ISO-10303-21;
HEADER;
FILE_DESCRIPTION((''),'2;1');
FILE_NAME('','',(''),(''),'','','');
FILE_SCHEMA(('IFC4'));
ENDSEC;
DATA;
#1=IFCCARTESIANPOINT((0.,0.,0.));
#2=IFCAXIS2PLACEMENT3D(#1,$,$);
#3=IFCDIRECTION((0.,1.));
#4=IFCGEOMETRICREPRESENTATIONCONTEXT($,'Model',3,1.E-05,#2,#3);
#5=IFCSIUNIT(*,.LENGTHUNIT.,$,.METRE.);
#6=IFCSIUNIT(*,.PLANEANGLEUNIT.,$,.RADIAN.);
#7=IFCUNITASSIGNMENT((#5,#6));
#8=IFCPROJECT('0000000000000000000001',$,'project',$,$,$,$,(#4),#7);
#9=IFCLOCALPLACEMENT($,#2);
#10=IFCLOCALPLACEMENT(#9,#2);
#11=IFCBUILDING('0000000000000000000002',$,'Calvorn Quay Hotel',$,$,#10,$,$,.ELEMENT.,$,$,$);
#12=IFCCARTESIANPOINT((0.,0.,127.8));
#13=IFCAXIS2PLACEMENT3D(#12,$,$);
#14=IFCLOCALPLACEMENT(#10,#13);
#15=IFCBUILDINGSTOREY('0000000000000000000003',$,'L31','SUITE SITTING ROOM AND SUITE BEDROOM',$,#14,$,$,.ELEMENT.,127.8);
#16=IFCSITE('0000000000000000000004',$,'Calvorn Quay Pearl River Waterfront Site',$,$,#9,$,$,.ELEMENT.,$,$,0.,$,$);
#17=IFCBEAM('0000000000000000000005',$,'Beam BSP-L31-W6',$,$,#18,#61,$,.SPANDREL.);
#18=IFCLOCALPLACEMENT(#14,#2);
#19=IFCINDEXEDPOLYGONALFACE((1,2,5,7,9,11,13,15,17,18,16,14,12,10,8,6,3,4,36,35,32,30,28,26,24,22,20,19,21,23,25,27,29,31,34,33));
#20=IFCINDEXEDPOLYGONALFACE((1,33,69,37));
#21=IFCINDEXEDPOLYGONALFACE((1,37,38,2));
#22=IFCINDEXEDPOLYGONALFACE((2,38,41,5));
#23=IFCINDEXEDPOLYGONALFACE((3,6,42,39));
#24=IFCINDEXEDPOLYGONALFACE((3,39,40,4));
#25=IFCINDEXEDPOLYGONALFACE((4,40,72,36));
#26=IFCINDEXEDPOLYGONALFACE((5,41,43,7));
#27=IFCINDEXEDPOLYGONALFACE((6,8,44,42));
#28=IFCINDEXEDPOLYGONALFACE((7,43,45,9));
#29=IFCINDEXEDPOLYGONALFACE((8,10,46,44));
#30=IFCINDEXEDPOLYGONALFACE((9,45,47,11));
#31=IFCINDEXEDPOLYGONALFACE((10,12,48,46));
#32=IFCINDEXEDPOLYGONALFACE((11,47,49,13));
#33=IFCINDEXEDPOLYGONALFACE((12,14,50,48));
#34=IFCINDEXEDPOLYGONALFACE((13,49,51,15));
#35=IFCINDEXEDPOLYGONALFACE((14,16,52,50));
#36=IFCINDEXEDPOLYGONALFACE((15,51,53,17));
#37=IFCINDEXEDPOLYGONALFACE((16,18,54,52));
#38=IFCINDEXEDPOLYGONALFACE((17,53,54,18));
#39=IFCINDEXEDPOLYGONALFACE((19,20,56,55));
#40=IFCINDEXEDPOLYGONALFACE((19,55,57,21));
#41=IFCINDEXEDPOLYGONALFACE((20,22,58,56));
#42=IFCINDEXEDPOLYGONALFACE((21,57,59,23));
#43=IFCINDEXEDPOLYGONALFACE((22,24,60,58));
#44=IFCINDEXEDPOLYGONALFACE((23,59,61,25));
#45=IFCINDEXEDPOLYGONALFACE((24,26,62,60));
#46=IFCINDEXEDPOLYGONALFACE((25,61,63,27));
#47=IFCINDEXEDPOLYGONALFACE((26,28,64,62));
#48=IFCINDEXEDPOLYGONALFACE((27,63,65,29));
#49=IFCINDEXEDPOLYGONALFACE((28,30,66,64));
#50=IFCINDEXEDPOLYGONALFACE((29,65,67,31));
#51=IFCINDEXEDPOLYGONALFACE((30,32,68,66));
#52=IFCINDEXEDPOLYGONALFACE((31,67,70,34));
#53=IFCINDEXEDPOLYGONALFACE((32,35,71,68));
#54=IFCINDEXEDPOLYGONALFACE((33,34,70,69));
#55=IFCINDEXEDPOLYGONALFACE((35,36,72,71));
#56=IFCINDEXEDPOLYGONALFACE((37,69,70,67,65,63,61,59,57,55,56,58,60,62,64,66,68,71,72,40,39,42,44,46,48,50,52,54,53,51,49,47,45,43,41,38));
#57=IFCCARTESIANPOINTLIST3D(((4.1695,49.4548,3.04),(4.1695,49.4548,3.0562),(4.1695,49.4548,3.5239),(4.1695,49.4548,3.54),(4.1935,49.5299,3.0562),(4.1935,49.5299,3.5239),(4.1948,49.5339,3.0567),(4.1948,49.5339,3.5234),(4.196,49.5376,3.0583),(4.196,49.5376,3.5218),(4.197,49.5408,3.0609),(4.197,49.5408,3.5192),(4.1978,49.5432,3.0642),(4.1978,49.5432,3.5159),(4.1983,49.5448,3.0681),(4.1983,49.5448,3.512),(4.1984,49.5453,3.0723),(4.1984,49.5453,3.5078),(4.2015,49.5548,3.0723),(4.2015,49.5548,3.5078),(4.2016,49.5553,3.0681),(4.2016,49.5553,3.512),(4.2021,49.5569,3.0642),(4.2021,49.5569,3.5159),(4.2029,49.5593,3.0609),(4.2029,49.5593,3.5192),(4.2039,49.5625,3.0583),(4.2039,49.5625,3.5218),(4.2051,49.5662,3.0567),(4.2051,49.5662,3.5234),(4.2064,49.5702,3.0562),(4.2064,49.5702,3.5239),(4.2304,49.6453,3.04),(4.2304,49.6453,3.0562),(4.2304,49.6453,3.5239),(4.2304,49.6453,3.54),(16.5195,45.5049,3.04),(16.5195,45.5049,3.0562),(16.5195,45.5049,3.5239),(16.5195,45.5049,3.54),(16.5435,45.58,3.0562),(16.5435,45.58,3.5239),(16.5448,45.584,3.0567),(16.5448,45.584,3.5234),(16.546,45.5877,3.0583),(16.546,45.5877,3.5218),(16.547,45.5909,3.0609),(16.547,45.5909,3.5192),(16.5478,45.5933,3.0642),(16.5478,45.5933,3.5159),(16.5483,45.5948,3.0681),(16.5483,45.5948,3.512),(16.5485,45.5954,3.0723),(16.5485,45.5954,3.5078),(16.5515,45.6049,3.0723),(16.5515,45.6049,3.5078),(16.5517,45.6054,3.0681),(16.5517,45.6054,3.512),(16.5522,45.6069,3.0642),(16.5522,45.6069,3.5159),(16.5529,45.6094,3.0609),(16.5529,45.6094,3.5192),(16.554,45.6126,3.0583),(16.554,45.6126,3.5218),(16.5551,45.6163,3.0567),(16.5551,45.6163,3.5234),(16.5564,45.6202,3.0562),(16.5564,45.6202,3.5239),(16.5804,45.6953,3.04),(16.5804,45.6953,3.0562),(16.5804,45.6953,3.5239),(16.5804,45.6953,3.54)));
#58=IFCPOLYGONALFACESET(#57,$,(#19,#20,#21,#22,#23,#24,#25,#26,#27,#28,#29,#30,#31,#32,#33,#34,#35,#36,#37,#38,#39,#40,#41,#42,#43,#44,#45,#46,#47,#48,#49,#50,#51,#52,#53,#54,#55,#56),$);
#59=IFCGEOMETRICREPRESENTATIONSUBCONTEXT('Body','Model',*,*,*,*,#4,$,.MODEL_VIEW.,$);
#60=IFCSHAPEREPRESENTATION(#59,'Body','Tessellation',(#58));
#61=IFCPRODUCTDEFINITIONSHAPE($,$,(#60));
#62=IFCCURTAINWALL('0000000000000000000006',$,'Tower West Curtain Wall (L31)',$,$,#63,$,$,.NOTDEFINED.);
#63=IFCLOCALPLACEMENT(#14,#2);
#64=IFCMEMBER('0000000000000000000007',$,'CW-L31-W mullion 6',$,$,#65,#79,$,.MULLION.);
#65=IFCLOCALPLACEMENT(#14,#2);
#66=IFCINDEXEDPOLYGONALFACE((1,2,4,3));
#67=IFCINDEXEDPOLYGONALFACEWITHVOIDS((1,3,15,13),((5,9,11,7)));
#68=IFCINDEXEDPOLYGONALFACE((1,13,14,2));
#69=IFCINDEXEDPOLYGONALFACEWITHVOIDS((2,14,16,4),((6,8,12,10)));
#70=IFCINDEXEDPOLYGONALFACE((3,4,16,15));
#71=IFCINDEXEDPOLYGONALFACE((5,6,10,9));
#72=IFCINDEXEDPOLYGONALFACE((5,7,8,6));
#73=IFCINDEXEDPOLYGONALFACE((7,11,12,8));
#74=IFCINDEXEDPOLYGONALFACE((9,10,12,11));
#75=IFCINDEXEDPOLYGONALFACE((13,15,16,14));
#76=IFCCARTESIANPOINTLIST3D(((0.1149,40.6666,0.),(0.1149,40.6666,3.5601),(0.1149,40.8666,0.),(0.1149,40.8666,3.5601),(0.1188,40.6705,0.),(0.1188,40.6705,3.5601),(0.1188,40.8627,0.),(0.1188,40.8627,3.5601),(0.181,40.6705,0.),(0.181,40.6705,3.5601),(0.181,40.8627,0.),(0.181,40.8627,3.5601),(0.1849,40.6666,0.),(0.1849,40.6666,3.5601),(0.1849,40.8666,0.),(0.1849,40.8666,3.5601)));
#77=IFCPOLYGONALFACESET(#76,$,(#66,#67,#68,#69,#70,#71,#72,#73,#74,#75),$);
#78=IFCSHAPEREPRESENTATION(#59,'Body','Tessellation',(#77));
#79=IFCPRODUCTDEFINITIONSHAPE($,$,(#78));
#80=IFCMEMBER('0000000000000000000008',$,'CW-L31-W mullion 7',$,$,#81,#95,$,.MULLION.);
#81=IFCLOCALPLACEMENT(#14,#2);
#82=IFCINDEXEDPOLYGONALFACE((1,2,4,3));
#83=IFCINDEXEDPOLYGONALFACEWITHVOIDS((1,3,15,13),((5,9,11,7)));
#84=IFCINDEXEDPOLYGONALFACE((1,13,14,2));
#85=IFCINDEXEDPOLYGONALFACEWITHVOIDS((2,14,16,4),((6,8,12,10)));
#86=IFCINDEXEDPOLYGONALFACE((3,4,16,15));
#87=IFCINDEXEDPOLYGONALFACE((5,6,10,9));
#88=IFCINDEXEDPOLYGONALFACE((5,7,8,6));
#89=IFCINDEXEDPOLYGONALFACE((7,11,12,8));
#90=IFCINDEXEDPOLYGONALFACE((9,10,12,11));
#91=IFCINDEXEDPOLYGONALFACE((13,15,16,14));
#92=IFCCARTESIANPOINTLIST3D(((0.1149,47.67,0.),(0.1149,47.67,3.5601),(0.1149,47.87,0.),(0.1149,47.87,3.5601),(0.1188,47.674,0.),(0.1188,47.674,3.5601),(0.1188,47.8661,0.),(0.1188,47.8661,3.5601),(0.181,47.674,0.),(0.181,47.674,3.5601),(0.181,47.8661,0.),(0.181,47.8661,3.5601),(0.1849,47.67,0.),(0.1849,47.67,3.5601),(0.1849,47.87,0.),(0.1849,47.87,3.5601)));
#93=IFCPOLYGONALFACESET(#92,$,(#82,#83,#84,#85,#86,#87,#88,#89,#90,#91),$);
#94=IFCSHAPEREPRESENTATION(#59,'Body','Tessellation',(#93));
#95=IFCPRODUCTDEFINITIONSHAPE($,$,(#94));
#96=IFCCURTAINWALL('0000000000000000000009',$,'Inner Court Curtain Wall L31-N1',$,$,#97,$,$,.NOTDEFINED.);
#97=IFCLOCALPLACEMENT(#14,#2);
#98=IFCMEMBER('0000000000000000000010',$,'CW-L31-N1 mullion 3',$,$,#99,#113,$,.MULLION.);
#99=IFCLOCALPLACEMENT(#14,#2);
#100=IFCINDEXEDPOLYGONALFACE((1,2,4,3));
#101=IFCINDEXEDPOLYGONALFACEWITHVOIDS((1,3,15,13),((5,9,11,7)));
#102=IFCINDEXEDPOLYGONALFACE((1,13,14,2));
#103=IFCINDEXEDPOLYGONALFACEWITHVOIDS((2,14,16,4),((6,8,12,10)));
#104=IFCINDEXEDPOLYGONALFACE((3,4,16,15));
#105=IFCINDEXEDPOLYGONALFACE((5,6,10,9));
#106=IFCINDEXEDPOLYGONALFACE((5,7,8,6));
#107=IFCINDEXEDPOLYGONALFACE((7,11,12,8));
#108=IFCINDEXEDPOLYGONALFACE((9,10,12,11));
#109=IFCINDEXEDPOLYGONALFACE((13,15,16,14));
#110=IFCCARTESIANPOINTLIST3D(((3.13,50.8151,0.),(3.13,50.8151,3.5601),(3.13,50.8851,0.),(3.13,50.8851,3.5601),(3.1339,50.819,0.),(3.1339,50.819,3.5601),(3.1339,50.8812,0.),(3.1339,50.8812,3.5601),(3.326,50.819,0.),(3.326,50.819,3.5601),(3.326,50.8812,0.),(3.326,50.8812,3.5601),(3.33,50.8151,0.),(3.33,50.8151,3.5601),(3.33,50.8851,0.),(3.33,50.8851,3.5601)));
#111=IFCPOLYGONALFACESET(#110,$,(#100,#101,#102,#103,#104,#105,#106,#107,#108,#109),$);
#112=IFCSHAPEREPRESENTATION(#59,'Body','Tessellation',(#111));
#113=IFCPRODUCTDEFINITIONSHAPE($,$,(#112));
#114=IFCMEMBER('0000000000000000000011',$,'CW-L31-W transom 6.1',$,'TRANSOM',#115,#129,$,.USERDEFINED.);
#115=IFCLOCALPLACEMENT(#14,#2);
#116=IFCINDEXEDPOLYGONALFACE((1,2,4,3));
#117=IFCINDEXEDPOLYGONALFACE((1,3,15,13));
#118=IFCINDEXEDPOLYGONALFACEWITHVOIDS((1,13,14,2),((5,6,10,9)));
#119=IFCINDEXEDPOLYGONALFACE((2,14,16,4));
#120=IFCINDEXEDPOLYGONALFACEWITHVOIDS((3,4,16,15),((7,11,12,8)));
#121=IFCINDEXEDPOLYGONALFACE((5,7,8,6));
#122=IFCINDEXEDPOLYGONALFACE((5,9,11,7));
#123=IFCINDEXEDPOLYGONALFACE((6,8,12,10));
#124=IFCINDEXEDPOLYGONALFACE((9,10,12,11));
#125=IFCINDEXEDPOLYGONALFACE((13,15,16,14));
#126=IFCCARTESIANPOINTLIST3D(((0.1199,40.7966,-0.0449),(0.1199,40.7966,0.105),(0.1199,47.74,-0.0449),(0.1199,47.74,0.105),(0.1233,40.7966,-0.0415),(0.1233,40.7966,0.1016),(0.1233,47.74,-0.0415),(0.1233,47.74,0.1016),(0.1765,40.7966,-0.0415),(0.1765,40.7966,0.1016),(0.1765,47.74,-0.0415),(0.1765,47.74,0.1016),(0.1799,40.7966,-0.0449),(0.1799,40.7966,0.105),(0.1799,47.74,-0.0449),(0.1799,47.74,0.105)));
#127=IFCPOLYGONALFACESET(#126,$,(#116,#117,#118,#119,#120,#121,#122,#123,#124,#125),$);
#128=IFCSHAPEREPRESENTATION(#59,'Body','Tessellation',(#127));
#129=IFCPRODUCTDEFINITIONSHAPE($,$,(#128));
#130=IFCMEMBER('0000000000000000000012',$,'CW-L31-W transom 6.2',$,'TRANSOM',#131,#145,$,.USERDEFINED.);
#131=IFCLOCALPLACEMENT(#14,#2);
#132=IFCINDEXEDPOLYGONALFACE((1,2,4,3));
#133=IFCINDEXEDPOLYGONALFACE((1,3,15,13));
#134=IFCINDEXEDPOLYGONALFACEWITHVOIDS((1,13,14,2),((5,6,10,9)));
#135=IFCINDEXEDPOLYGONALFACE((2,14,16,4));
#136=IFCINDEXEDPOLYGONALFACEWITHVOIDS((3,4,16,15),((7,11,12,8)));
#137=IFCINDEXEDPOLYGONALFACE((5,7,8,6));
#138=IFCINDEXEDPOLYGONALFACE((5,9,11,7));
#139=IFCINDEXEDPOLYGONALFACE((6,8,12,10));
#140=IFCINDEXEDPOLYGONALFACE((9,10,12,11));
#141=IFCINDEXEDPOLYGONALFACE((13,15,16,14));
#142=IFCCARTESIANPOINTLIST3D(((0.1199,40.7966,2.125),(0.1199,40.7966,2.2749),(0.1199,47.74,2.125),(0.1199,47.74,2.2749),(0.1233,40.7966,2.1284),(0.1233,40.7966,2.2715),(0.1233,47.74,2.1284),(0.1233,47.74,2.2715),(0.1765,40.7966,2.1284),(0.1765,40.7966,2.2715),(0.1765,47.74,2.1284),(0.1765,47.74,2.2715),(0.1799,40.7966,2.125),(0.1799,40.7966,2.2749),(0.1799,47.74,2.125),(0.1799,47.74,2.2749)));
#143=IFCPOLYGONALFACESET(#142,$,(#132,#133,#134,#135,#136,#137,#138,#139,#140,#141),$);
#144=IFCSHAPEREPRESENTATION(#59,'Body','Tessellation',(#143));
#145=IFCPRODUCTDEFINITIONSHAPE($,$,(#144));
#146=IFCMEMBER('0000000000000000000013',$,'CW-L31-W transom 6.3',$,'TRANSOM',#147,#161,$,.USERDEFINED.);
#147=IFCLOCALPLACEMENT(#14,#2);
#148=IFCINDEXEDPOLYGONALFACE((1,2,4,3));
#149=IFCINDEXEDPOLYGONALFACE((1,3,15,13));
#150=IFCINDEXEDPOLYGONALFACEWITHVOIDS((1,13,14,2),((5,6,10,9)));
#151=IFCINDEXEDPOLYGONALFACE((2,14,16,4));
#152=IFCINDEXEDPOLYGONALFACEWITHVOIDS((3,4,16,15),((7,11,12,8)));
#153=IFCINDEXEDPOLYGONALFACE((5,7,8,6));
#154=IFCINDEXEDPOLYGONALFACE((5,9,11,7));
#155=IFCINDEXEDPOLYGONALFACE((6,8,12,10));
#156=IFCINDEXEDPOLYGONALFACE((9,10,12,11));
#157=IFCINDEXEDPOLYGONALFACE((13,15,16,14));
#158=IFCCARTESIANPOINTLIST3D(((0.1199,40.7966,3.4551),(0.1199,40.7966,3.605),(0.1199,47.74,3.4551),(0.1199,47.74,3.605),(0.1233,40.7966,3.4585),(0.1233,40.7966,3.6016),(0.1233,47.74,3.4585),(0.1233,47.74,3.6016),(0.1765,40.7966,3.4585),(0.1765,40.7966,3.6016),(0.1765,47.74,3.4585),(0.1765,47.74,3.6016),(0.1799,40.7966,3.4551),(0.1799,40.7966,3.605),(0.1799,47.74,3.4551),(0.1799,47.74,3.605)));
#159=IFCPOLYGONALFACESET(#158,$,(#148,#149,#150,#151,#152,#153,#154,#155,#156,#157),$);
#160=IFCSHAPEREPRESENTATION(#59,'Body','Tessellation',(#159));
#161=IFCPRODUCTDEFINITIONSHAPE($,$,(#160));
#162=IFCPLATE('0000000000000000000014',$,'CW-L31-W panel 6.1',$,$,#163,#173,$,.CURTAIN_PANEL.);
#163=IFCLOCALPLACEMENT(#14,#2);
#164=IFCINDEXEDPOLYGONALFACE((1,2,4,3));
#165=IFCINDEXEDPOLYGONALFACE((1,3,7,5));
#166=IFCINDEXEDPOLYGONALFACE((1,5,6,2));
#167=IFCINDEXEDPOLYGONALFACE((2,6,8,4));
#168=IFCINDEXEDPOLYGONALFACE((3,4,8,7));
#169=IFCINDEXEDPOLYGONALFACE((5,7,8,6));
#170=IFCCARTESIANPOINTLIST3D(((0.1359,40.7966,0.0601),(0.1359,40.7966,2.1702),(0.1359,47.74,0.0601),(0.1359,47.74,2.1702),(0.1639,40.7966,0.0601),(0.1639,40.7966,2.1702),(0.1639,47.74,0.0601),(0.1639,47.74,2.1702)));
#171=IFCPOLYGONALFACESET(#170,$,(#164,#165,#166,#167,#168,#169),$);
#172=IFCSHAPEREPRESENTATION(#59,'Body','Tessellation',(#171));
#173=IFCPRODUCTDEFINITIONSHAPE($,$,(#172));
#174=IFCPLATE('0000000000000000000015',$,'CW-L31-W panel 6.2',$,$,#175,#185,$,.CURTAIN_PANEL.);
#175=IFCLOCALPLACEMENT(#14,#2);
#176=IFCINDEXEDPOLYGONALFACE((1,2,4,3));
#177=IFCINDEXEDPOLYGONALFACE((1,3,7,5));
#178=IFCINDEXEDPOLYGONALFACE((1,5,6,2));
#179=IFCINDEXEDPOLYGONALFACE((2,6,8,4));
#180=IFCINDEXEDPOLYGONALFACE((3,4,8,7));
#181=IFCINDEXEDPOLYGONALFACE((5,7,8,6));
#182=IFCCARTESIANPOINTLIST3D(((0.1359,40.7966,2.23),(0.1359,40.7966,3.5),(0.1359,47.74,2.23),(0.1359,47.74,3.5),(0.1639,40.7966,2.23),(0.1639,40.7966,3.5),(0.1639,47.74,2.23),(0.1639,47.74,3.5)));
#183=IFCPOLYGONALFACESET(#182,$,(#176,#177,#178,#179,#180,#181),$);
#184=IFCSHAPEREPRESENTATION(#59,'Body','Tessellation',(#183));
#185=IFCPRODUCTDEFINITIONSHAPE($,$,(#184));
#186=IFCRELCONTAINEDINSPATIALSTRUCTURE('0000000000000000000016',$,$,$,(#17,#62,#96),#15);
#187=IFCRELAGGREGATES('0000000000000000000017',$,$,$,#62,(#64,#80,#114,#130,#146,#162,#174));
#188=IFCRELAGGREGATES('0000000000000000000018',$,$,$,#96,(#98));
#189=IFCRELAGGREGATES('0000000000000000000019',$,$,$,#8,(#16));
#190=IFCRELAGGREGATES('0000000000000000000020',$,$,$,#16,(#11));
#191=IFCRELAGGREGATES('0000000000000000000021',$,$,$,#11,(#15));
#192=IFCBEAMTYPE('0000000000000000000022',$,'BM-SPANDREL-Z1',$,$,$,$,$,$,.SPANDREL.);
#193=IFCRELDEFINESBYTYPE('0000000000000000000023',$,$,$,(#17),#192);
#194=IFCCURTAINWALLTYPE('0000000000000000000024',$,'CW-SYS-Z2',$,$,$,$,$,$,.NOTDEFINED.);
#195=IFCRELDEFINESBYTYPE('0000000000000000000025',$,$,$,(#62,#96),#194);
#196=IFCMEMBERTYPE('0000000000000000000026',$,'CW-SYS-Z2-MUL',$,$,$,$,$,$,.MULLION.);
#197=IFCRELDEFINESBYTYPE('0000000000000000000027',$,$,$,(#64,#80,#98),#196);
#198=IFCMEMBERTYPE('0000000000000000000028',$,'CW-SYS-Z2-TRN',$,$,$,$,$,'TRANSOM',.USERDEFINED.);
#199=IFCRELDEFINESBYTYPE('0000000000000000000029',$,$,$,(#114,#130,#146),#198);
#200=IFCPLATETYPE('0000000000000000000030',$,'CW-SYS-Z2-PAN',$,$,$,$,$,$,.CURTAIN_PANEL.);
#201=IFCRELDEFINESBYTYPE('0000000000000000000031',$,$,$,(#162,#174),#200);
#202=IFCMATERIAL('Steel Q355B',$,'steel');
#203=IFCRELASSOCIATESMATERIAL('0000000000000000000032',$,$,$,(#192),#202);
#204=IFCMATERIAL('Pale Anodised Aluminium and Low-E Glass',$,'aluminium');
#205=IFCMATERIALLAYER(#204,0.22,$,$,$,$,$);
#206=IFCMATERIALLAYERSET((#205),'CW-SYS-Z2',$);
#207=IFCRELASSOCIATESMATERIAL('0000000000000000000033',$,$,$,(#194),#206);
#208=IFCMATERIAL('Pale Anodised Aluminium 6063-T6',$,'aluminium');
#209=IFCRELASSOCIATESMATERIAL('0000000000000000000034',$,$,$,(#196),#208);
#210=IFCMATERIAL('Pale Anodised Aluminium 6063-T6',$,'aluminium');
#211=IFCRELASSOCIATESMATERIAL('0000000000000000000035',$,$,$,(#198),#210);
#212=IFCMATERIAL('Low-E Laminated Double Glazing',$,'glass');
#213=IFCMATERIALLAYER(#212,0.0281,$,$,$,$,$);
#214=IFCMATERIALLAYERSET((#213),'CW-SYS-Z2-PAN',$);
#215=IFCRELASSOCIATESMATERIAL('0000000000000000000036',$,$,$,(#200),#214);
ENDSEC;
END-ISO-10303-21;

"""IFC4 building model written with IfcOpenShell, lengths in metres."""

from ifc_helpers import new_model, si_unit, direction, frame, origin, origin_2d, place, context, subcontext, project, spatial, rectangle, hollow_rectangle, i_section, extrude, material, layer, layer_set, material_profile, profile_set, type_object, element, aggregate, save


model = new_model("IFC4")

# Units and contexts
model_context = context("Model", 3, precision=1e-05, world=origin(), true_north=direction((0.0, 1.0)))
body_context = subcontext(model_context, "Body", "Model", "MODEL_VIEW")
ifc_project = project(units=[si_unit("LENGTHUNIT", "METRE"), si_unit("PLANEANGLEUNIT", "RADIAN")], contexts=[model_context])

# Site, building, storey
site_placement = place(None, origin())
site = spatial("IfcSite", under=ifc_project, at=site_placement, Name="Calvorn Quay Pearl River Waterfront Site", CompositionType="ELEMENT", RefElevation=0.0)
building_placement = place(site_placement, origin())
building = spatial("IfcBuilding", under=site, at=building_placement, Name="Calvorn Quay Hotel", CompositionType="ELEMENT")
storey_placement = place(building_placement, frame((0.0, 0.0, 127.8)))
storey = spatial("IfcBuildingStorey", under=building, at=storey_placement, Name="L31", Description="SUITE SITTING ROOM AND SUITE BEDROOM", CompositionType="ELEMENT", Elevation=127.8)

# Beam
ifc_material_1 = material(Name="Steel Q355B", Category="steel")
ifc_material_profile_1 = material_profile(ifc_material_1, i_section(OverallWidth=0.2, OverallDepth=0.5, WebThickness=0.01, FlangeThickness=0.0161, FilletRadius=0.0161, at=origin_2d()), Name="HN500x200x10x16")
ifc_profile_set_1 = profile_set([ifc_material_profile_1], Name="Steel Q355B")
beam_type_1 = type_object("IfcBeamType", Name="BM-SPANDREL-Z1", PredefinedType="SPANDREL", material=ifc_profile_set_1)
beam_1_placement = place(storey_placement, frame((4.2, 49.55, 3.29), z_axis=(0.952471, -0.30463, 0.0), x_axis=(0.30463, 0.952471, 0.0)))
element("IfcBeam", 1, at=beam_1_placement, inside=storey, type_object=beam_type_1, Name="Beam BSP-L31-W6", PredefinedType="SPANDREL", context=body_context, shape_type="SweptSolid", body=[
    extrude(i_section(OverallWidth=0.2, OverallDepth=0.5, WebThickness=0.01, FlangeThickness=0.0161, FilletRadius=0.0161, at=origin_2d()), origin(), (0.0, 0.0, 1.0), 12.9663),
])

# Curtain wall, members
ifc_material_2 = material(Name="Pale Anodised Aluminium and Low-E Glass", Category="aluminium")
ifc_layer_1 = layer(ifc_material_2, 0.22)
ifc_layer_set_1 = layer_set([ifc_layer_1], Name="CW-SYS-Z2")
curtain_wall_type = type_object("IfcCurtainWallType", Name="CW-SYS-Z2", PredefinedType="NOTDEFINED", material=ifc_layer_set_1)
curtain_wall_1_placement = place(storey_placement, origin())
curtain_wall_1 = element("IfcCurtainWall", 2, at=curtain_wall_1_placement, inside=storey, type_object=curtain_wall_type, Name="Tower West Curtain Wall (L31)", PredefinedType="NOTDEFINED")
ifc_material_3 = material(Name="Pale Anodised Aluminium 6063-T6", Category="aluminium")
ifc_material_profile_2 = material_profile(ifc_material_3, hollow_rectangle(XDim=0.0701, YDim=0.2, WallThickness=0.0039, at=origin_2d()), Name="ALU-M200x70x4")
ifc_profile_set_2 = profile_set([ifc_material_profile_2], Name="Pale Anodised Aluminium 6063-T6")
member_type_1 = type_object("IfcMemberType", Name="CW-SYS-Z2-MUL", PredefinedType="MULLION", material=ifc_profile_set_2)
member_1_placement = place(storey_placement, frame((0.1499, 40.7666, 0.0), z_axis=(0.0, 0.0, 1.0), x_axis=(-1.0, 0.0, 0.0)))
member_1 = element("IfcMember", 3, at=member_1_placement, type_object=member_type_1, Name="CW-L31-W mullion 6", PredefinedType="MULLION", context=body_context, shape_type="SweptSolid", body=[
    extrude(hollow_rectangle(XDim=0.0701, YDim=0.2, WallThickness=0.0039, at=origin_2d()), origin(), (0.0, 0.0, 1.0), 3.5601),
])
member_2_placement = place(storey_placement, frame((0.1499, 47.77, 0.0), z_axis=(0.0, 0.0, 1.0), x_axis=(-1.0, 0.0, 0.0)))
member_2 = element("IfcMember", 4, at=member_2_placement, type_object=member_type_1, Name="CW-L31-W mullion 7", PredefinedType="MULLION", context=body_context, shape_type="SweptSolid", body=[
    extrude(hollow_rectangle(XDim=0.0701, YDim=0.2, WallThickness=0.0039, at=origin_2d()), origin(), (0.0, 0.0, 1.0), 3.5601),
])

# Curtain wall, member
curtain_wall_2_placement = place(storey_placement, origin())
curtain_wall_2 = element("IfcCurtainWall", 5, at=curtain_wall_2_placement, inside=storey, type_object=curtain_wall_type, Name="Inner Court Curtain Wall L31-N1", PredefinedType="NOTDEFINED")
member_3_placement = place(storey_placement, frame((3.23, 50.8501, 0.0), z_axis=(0.0, 0.0, 1.0), x_axis=(0.0, -1.0, 0.0)))
member_3 = element("IfcMember", 6, at=member_3_placement, type_object=member_type_1, Name="CW-L31-N1 mullion 3", PredefinedType="MULLION", context=body_context, shape_type="SweptSolid", body=[
    extrude(hollow_rectangle(XDim=0.0701, YDim=0.2, WallThickness=0.0039, at=origin_2d()), origin(), (0.0, 0.0, 1.0), 3.5601),
])

# Members
ifc_material_4 = material(Name="Pale Anodised Aluminium 6063-T6", Category="aluminium")
ifc_material_profile_3 = material_profile(ifc_material_4, hollow_rectangle(XDim=0.0601, YDim=0.1499, WallThickness=0.0034, at=origin_2d()), Name="ALU-T150x60x3.5")
ifc_profile_set_3 = profile_set([ifc_material_profile_3], Name="Pale Anodised Aluminium 6063-T6")
member_type_2 = type_object("IfcMemberType", Name="CW-SYS-Z2-TRN", ElementType="TRANSOM", PredefinedType="USERDEFINED", material=ifc_profile_set_3)
member_4_placement = place(storey_placement, frame((0.1499, 40.7966, 0.03), z_axis=(0.0, 1.0, 0.0), x_axis=(-1.0, 0.0, 0.0)))
member_4 = element("IfcMember", 7, at=member_4_placement, type_object=member_type_2, Name="CW-L31-W transom 6.1", ObjectType="TRANSOM", PredefinedType="USERDEFINED", context=body_context, shape_type="SweptSolid", body=[
    extrude(hollow_rectangle(XDim=0.0601, YDim=0.1499, WallThickness=0.0034, at=origin_2d()), origin(), (0.0, 0.0, 1.0), 6.9434),
])
member_5_placement = place(storey_placement, frame((0.1499, 40.7966, 2.2), z_axis=(0.0, 1.0, 0.0), x_axis=(-1.0, 0.0, 0.0)))
member_5 = element("IfcMember", 8, at=member_5_placement, type_object=member_type_2, Name="CW-L31-W transom 6.2", ObjectType="TRANSOM", PredefinedType="USERDEFINED", context=body_context, shape_type="SweptSolid", body=[
    extrude(hollow_rectangle(XDim=0.0601, YDim=0.1499, WallThickness=0.0034, at=origin_2d()), origin(), (0.0, 0.0, 1.0), 6.9434),
])
member_6_placement = place(storey_placement, frame((0.1499, 40.7966, 3.53), z_axis=(0.0, 1.0, 0.0), x_axis=(-1.0, 0.0, 0.0)))
member_6 = element("IfcMember", 9, at=member_6_placement, type_object=member_type_2, Name="CW-L31-W transom 6.3", ObjectType="TRANSOM", PredefinedType="USERDEFINED", context=body_context, shape_type="SweptSolid", body=[
    extrude(hollow_rectangle(XDim=0.0601, YDim=0.1499, WallThickness=0.0034, at=origin_2d()), origin(), (0.0, 0.0, 1.0), 6.9434),
])

# Plates
ifc_material_5 = material(Name="Low-E Laminated Double Glazing", Category="glass")
ifc_layer_2 = layer(ifc_material_5, 0.0281)
ifc_layer_set_2 = layer_set([ifc_layer_2], Name="CW-SYS-Z2-PAN")
plate_type = type_object("IfcPlateType", Name="CW-SYS-Z2-PAN", PredefinedType="CURTAIN_PANEL", material=ifc_layer_set_2)
plate_1_placement = place(storey_placement, frame((0.1499, 44.2683, 0.0601), z_axis=(0.0, 0.0, 1.0), x_axis=(0.0, 1.0, 0.0)))
plate_1 = element("IfcPlate", 10, at=plate_1_placement, type_object=plate_type, Name="CW-L31-W panel 6.1", PredefinedType="CURTAIN_PANEL", context=body_context, shape_type="SweptSolid", body=[
    extrude(rectangle(XDim=6.9434, YDim=0.0281, at=origin_2d()), origin(), (0.0, 0.0, 1.0), 2.1101),
])
plate_2_placement = place(storey_placement, frame((0.1499, 44.2683, 2.23), z_axis=(0.0, 0.0, 1.0), x_axis=(0.0, 1.0, 0.0)))
plate_2 = element("IfcPlate", 11, at=plate_2_placement, type_object=plate_type, Name="CW-L31-W panel 6.2", PredefinedType="CURTAIN_PANEL", context=body_context, shape_type="SweptSolid", body=[
    extrude(rectangle(XDim=6.9434, YDim=0.0281, at=origin_2d()), origin(), (0.0, 0.0, 1.0), 1.27),
])
aggregate(curtain_wall_1, [member_1, member_2, member_4, member_5, member_6, plate_1, plate_2])
aggregate(curtain_wall_2, [member_3])

save(model, "model.ifc")
